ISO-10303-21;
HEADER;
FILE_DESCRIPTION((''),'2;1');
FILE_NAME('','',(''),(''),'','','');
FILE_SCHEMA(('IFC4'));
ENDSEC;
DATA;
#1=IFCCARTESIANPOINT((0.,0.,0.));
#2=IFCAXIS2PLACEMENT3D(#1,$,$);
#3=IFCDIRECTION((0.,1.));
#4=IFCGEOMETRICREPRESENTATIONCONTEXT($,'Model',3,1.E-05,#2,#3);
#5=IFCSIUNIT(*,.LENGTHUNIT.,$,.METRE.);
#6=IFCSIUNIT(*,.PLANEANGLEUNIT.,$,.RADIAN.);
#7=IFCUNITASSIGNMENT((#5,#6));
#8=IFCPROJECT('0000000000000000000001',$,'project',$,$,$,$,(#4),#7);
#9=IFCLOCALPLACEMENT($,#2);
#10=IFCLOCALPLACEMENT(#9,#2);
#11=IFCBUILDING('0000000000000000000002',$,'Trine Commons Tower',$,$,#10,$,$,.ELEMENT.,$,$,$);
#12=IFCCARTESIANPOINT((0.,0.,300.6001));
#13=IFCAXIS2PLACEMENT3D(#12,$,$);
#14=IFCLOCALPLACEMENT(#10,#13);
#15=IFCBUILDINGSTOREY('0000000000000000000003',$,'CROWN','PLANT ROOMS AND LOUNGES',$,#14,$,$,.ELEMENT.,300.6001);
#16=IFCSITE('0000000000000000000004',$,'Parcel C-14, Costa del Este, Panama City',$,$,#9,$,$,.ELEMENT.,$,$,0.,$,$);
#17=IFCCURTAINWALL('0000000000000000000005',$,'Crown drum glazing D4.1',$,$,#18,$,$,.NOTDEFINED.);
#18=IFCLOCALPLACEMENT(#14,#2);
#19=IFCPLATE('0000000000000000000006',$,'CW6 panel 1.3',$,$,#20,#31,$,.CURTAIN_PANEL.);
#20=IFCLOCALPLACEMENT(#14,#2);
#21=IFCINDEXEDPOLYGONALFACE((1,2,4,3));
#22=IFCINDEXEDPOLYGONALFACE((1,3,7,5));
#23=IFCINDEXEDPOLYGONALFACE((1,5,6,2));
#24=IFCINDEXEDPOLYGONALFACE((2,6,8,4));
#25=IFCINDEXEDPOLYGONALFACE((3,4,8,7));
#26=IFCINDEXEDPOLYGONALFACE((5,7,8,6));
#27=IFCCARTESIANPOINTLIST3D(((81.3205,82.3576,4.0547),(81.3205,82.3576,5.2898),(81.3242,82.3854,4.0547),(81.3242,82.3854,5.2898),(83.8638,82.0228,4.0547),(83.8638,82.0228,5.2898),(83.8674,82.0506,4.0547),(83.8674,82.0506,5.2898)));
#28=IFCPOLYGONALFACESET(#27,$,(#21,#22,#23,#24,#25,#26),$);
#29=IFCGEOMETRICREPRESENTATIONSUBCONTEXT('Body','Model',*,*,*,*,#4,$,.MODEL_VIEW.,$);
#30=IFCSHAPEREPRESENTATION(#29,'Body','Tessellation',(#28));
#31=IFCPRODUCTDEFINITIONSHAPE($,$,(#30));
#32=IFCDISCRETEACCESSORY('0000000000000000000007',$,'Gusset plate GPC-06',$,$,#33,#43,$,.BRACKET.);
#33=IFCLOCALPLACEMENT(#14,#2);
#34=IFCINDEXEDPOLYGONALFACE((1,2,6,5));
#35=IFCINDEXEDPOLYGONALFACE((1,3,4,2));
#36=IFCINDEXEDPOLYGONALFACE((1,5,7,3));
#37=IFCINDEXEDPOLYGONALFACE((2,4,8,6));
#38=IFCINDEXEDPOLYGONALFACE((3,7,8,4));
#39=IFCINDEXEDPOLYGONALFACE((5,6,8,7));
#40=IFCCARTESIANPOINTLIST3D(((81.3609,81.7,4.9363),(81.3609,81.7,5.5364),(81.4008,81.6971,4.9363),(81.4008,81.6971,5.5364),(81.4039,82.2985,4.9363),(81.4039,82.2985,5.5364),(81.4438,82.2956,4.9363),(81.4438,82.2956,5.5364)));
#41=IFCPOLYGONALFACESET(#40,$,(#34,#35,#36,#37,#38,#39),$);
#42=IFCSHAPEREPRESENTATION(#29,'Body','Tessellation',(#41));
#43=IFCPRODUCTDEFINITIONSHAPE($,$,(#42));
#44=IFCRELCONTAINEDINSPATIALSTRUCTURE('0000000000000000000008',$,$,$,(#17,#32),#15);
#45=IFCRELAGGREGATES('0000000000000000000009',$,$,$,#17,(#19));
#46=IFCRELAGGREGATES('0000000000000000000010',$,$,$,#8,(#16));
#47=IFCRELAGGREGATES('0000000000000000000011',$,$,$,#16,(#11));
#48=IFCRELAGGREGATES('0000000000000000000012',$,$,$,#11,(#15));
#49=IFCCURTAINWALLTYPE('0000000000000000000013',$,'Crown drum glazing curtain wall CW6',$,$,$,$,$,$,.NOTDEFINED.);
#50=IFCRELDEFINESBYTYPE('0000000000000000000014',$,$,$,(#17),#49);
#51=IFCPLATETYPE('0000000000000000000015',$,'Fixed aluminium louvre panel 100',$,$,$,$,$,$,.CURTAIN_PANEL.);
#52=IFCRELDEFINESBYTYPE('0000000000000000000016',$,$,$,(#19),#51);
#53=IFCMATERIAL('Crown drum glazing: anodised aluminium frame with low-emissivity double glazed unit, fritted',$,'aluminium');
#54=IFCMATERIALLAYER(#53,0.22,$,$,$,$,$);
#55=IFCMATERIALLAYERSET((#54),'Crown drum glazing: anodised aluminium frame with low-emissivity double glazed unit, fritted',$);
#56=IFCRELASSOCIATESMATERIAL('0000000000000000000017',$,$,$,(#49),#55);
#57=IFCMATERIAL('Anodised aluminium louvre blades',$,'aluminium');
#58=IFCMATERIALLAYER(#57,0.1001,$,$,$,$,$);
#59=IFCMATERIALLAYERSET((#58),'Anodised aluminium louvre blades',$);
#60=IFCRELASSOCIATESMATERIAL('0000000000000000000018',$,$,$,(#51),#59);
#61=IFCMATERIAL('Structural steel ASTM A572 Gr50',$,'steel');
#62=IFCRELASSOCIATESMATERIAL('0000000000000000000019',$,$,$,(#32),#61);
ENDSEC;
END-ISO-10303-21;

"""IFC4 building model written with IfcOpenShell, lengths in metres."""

from ifc_helpers import new_model, si_unit, direction, frame, origin, origin_2d, place, context, subcontext, project, spatial, rectangle, extrude, material, layer, layer_set, type_object, element, aggregate, save


model = new_model("IFC4")

# Units and contexts
model_context = context("Model", 3, precision=1e-05, world=origin(), true_north=direction((0.0, 1.0)))
body_context = subcontext(model_context, "Body", "Model", "MODEL_VIEW")
ifc_project = project(units=[si_unit("LENGTHUNIT", "METRE"), si_unit("PLANEANGLEUNIT", "RADIAN")], contexts=[model_context])

# Site, building, storey
site_placement = place(None, origin())
site = spatial("IfcSite", under=ifc_project, at=site_placement, Name="Parcel C-14, Costa del Este, Panama City", CompositionType="ELEMENT", RefElevation=0.0)
building_placement = place(site_placement, origin())
building = spatial("IfcBuilding", under=site, at=building_placement, Name="Trine Commons Tower", CompositionType="ELEMENT")
storey_placement = place(building_placement, frame((0.0, 0.0, 300.6001)))
storey = spatial("IfcBuildingStorey", under=building, at=storey_placement, Name="CROWN", Description="PLANT ROOMS AND LOUNGES", CompositionType="ELEMENT", Elevation=300.6001)

# Shared definitions
ifc_material_1 = material(Name="Crown drum glazing: anodised aluminium frame with low-emissivity double glazed unit, fritted", Category="aluminium")
ifc_layer_1 = layer(ifc_material_1, 0.22)
ifc_layer_set_1 = layer_set([ifc_layer_1], Name="Crown drum glazing: anodised aluminium frame with low-emissivity double glazed unit, fritted")
curtain_wall_type = type_object("IfcCurtainWallType", Name="Crown drum glazing curtain wall CW6", PredefinedType="NOTDEFINED", material=ifc_layer_set_1)

# Curtain wall
curtain_wall_1_placement = place(storey_placement, origin())
curtain_wall_1 = element("IfcCurtainWall", 1, at=curtain_wall_1_placement, inside=storey, type_object=curtain_wall_type, Name="Crown drum glazing D4.1", PredefinedType="NOTDEFINED")

# Plate
ifc_material_2 = material(Name="Anodised aluminium louvre blades", Category="aluminium")
ifc_layer_2 = layer(ifc_material_2, 0.1001)
ifc_layer_set_2 = layer_set([ifc_layer_2], Name="Anodised aluminium louvre blades")
plate_type_1 = type_object("IfcPlateType", Name="Fixed aluminium louvre panel 100", PredefinedType="CURTAIN_PANEL", material=ifc_layer_set_2)
plate_1_placement = place(storey_placement, frame((82.594, 82.2041, 4.0547), z_axis=(0.0, 0.0, 1.0), x_axis=(-0.991445, 0.130526, 0.0)))
plate_1 = element("IfcPlate", 2, at=plate_1_placement, type_object=plate_type_1, Name="CW6 panel 1.3", PredefinedType="CURTAIN_PANEL", context=body_context, shape_type="SweptSolid", body=[
    extrude(rectangle(XDim=2.5652, YDim=0.0281, at=origin_2d()), origin(), (0.0, 0.0, 1.0), 1.2351),
])
aggregate(curtain_wall_1, [plate_1])

# Discrete accessory
ifc_material_3 = material(Name="Structural steel ASTM A572 Gr50", Category="steel")
discrete_accessory_placement = place(storey_placement, frame((81.4023, 81.9978, 4.9363), z_axis=(0.0, 0.0, 1.0), x_axis=(0.071736, 0.997424, 0.0)))
element("IfcDiscreteAccessory", 3, at=discrete_accessory_placement, inside=storey, material=ifc_material_3, Name="Gusset plate GPC-06", PredefinedType="BRACKET", context=body_context, shape_type="SweptSolid", body=[
    extrude(rectangle(XDim=0.6001, YDim=0.04, at=origin_2d()), origin(), (0.0, 0.0, 1.0), 0.6001),
])

save(model, "model.ifc")
